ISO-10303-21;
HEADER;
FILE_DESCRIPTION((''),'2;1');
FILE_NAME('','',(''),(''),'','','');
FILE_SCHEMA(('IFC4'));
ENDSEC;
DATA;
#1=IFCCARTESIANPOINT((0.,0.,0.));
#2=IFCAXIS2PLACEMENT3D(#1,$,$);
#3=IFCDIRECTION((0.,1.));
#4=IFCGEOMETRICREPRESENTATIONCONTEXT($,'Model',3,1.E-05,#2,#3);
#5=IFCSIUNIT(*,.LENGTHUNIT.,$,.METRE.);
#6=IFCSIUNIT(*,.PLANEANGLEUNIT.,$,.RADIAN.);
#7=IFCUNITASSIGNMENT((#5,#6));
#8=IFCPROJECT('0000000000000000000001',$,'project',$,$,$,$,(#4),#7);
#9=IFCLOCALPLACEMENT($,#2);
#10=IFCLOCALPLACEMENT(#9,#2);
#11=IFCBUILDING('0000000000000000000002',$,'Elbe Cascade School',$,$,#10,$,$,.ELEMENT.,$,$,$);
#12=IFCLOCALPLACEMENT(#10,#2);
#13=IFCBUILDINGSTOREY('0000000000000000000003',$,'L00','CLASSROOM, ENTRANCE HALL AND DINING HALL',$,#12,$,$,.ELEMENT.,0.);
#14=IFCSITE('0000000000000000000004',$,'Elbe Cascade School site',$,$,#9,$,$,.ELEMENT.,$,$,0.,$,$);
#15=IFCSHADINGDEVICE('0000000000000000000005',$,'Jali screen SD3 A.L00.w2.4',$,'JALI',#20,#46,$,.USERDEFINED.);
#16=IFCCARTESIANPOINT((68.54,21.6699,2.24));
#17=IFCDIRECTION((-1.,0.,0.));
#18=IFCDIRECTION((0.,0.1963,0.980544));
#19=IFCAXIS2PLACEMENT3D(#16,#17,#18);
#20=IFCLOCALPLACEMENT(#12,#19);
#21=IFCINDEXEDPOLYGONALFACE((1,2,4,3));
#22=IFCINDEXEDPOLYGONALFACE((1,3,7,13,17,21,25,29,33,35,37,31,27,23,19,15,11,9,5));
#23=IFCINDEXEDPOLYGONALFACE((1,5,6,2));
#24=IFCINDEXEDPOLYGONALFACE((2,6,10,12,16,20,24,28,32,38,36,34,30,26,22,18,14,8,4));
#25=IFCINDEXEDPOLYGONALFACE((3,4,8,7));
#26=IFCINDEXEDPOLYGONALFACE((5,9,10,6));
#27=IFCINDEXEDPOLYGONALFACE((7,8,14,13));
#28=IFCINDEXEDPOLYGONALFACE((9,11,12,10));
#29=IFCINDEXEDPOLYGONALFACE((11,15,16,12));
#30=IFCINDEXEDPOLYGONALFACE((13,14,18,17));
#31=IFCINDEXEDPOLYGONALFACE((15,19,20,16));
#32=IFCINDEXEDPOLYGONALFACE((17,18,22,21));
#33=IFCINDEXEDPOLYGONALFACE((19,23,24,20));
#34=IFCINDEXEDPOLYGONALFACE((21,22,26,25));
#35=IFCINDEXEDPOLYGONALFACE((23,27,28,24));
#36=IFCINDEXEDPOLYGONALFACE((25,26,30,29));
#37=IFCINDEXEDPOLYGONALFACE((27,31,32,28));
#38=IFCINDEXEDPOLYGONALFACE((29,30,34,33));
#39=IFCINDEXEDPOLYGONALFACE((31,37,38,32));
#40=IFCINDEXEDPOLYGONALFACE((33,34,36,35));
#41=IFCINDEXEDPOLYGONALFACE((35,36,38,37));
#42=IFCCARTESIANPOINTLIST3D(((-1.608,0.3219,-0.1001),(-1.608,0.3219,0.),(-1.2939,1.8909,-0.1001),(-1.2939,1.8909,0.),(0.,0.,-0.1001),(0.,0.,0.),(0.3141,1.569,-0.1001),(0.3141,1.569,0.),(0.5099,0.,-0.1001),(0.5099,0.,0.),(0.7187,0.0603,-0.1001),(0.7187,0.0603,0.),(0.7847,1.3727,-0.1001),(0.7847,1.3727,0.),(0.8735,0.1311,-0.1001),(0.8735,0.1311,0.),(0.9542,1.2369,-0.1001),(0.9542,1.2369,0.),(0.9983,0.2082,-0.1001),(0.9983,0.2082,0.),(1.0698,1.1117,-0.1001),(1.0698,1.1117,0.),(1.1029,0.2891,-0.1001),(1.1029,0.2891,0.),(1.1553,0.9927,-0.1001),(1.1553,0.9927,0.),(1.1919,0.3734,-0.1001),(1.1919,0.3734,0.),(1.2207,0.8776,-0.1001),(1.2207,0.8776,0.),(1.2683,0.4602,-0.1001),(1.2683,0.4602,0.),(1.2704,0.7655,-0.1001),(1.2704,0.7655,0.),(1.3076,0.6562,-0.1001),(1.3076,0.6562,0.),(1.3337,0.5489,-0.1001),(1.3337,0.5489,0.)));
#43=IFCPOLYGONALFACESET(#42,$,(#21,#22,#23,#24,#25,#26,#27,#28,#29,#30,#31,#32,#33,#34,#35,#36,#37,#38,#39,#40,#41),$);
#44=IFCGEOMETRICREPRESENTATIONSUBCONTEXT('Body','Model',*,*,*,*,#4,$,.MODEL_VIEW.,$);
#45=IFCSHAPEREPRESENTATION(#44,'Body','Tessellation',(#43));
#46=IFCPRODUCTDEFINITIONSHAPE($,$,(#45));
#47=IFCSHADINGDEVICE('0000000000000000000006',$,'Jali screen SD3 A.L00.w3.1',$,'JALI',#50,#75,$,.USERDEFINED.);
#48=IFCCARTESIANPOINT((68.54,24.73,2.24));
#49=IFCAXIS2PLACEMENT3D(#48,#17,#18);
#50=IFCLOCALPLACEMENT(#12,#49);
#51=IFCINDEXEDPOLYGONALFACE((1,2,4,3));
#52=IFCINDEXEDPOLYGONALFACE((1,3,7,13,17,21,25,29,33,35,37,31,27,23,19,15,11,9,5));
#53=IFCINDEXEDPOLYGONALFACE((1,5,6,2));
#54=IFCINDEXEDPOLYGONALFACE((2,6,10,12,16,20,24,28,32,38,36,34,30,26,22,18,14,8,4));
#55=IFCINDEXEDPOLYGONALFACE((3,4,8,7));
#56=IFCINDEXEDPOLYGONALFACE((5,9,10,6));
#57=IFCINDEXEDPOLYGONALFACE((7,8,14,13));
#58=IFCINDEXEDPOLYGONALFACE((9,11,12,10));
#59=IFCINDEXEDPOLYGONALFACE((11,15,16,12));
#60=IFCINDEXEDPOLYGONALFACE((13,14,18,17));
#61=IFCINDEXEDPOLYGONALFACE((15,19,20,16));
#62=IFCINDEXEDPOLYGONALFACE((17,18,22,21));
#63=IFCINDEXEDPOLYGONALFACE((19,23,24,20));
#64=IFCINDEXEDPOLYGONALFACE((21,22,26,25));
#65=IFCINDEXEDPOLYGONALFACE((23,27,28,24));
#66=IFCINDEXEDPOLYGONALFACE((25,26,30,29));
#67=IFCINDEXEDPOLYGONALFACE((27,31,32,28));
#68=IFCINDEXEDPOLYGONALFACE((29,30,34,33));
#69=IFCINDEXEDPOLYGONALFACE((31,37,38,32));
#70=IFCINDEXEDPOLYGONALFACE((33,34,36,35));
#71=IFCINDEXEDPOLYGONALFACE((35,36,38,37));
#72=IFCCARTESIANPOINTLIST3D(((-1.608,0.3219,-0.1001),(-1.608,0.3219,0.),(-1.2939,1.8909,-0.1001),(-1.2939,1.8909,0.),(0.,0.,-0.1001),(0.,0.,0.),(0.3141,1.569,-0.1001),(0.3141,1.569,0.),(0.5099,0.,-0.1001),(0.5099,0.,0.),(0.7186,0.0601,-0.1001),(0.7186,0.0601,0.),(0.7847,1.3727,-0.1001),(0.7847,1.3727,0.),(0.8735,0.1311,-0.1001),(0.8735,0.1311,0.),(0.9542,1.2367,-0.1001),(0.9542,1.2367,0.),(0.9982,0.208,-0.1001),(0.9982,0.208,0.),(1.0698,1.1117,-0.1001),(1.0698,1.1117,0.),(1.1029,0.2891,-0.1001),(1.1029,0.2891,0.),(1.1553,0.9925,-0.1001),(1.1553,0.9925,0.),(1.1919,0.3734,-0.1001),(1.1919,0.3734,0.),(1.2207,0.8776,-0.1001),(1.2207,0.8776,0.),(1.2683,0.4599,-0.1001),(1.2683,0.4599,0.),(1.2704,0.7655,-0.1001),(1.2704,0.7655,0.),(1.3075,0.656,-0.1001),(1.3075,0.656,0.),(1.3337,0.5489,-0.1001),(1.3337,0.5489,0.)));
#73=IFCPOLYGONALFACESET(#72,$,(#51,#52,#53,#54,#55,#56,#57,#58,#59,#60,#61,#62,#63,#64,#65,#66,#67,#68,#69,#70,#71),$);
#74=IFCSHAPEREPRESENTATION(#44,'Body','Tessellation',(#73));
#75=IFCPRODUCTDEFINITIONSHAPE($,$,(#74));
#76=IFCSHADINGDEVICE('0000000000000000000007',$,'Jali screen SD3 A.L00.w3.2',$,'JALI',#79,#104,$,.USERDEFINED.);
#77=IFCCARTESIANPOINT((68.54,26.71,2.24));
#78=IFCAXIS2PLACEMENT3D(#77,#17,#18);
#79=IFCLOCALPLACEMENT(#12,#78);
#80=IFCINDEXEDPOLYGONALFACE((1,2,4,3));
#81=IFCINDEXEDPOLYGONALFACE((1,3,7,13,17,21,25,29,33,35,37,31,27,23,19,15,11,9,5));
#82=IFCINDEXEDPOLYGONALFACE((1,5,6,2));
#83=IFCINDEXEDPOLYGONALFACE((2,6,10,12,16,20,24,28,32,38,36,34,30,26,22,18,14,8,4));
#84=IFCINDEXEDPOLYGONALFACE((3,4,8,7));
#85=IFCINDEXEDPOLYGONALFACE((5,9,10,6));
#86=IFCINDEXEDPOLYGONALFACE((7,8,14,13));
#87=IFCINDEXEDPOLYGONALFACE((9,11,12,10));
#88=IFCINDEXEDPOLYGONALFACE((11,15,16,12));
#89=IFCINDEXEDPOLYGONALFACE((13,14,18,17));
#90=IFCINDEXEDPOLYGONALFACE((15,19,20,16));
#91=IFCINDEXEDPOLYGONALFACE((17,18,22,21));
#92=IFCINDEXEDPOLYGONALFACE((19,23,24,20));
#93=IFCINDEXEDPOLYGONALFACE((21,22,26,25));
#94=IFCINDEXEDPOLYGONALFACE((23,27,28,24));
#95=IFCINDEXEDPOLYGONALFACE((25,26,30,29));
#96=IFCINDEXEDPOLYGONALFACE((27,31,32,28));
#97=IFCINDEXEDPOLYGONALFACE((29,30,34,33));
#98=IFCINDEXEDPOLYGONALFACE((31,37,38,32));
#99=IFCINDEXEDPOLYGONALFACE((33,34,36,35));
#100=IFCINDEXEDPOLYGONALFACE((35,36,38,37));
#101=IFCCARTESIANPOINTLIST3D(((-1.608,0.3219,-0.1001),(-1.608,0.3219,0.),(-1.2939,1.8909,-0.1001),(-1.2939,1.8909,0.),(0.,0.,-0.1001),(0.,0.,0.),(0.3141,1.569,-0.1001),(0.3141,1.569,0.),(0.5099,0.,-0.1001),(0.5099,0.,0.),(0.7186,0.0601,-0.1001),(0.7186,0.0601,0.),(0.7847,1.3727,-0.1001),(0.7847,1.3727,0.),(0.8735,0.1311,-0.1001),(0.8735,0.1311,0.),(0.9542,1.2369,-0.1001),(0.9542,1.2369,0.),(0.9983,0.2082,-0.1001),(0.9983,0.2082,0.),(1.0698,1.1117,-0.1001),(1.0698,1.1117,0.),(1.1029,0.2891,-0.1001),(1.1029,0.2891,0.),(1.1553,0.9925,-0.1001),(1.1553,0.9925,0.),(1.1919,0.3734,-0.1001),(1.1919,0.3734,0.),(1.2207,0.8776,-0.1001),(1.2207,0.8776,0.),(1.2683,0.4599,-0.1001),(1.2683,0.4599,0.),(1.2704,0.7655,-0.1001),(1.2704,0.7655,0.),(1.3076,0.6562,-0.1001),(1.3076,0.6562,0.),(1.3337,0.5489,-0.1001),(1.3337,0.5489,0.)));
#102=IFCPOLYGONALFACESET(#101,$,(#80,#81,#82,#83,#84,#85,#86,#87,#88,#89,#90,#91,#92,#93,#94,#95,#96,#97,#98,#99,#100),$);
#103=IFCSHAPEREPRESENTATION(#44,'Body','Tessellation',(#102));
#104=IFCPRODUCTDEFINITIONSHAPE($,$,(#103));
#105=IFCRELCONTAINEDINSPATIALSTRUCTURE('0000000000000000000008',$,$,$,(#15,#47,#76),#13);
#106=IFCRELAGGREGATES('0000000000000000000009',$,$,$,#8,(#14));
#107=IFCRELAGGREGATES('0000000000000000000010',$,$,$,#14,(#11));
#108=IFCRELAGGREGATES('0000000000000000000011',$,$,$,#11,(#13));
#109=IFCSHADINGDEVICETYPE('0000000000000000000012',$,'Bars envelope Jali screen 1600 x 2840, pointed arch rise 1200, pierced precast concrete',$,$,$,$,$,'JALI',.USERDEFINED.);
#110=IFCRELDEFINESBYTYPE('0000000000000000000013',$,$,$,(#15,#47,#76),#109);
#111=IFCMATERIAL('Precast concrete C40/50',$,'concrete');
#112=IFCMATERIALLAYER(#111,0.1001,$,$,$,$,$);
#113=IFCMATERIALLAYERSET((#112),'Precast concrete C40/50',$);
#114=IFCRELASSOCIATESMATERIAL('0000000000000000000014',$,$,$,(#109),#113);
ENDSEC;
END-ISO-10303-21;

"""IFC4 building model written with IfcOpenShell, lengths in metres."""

from ifc_helpers import new_model, si_unit, direction, frame, origin, place, context, subcontext, project, spatial, polyline, outline, extrude, material, layer, layer_set, type_object, element, save


model = new_model("IFC4")

# Units and contexts
model_context = context("Model", 3, precision=1e-05, world=origin(), true_north=direction((0.0, 1.0)))
body_context = subcontext(model_context, "Body", "Model", "MODEL_VIEW")
ifc_project = project(units=[si_unit("LENGTHUNIT", "METRE"), si_unit("PLANEANGLEUNIT", "RADIAN")], contexts=[model_context])

# Site, building, storey
site_placement = place(None, origin())
site = spatial("IfcSite", under=ifc_project, at=site_placement, Name="Elbe Cascade School site", CompositionType="ELEMENT", RefElevation=0.0)
building_placement = place(site_placement, origin())
building = spatial("IfcBuilding", under=site, at=building_placement, Name="Elbe Cascade School", CompositionType="ELEMENT")
storey_placement = place(building_placement, origin())
storey = spatial("IfcBuildingStorey", under=building, at=storey_placement, Name="L00", Description="CLASSROOM, ENTRANCE HALL AND DINING HALL", CompositionType="ELEMENT", Elevation=0.0)

# Shading devices
ifc_material_1 = material(Name="Precast concrete C40/50", Category="concrete")
ifc_layer_1 = layer(ifc_material_1, 0.1001)
ifc_layer_set_1 = layer_set([ifc_layer_1], Name="Precast concrete C40/50")
shading_device_type = type_object("IfcShadingDeviceType", Name="Bars envelope Jali screen 1600 x 2840, pointed arch rise 1200, pierced precast concrete", ElementType="JALI", PredefinedType="USERDEFINED", material=ifc_layer_set_1)
shading_device_1_placement = place(storey_placement, frame((68.54, 21.6699, 2.24), z_axis=(-1.0, 0.0, 0.0), x_axis=(0.0, 0.1963, 0.980544)))
element("IfcShadingDevice", 1, at=shading_device_1_placement, inside=storey, type_object=shading_device_type, Name="Jali screen SD3 A.L00.w2.4", ObjectType="JALI", PredefinedType="USERDEFINED", context=body_context, shape_type="SweptSolid", body=[
    extrude(outline(polyline([(0.0, 0.0), (0.5099, 0.0), (0.7187, 0.0603), (0.8735, 0.1311), (0.9983, 0.2082), (1.1029, 0.2891), (1.1919, 0.3734), (1.2683, 0.4602), (1.3337, 0.5489), (1.3076, 0.6562), (1.2704, 0.7655), (1.2207, 0.8776), (1.1553, 0.9927), (1.0698, 1.1117), (0.9542, 1.2369), (0.7847, 1.3727), (0.3141, 1.569), (-1.2939, 1.8909), (-1.608, 0.3219), (0.0, 0.0)])), origin(), (0.0, 0.0, -1.0), 0.1001),
])
shading_device_2_placement = place(storey_placement, frame((68.54, 24.73, 2.24), z_axis=(-1.0, 0.0, 0.0), x_axis=(0.0, 0.1963, 0.980544)))
element("IfcShadingDevice", 2, at=shading_device_2_placement, inside=storey, type_object=shading_device_type, Name="Jali screen SD3 A.L00.w3.1", ObjectType="JALI", PredefinedType="USERDEFINED", context=body_context, shape_type="SweptSolid", body=[
    extrude(outline(polyline([(0.0, 0.0), (0.5099, 0.0), (0.7186, 0.0601), (0.8735, 0.1311), (0.9982, 0.208), (1.1029, 0.2891), (1.1919, 0.3734), (1.2683, 0.4599), (1.3337, 0.5489), (1.3075, 0.656), (1.2704, 0.7655), (1.2207, 0.8776), (1.1553, 0.9925), (1.0698, 1.1117), (0.9542, 1.2367), (0.7847, 1.3727), (0.3141, 1.569), (-1.2939, 1.8909), (-1.608, 0.3219), (0.0, 0.0)])), origin(), (0.0, 0.0, -1.0), 0.1001),
])
shading_device_3_placement = place(storey_placement, frame((68.54, 26.71, 2.24), z_axis=(-1.0, 0.0, 0.0), x_axis=(0.0, 0.1963, 0.980544)))
element("IfcShadingDevice", 3, at=shading_device_3_placement, inside=storey, type_object=shading_device_type, Name="Jali screen SD3 A.L00.w3.2", ObjectType="JALI", PredefinedType="USERDEFINED", context=body_context, shape_type="SweptSolid", body=[
    extrude(outline(polyline([(0.0, 0.0), (0.5099, 0.0), (0.7186, 0.0601), (0.8735, 0.1311), (0.9983, 0.2082), (1.1029, 0.2891), (1.1919, 0.3734), (1.2683, 0.4599), (1.3337, 0.5489), (1.3076, 0.6562), (1.2704, 0.7655), (1.2207, 0.8776), (1.1553, 0.9925), (1.0698, 1.1117), (0.9542, 1.2369), (0.7847, 1.3727), (0.3141, 1.569), (-1.2939, 1.8909), (-1.608, 0.3219), (0.0, 0.0)])), origin(), (0.0, 0.0, -1.0), 0.1001),
])

save(model, "model.ifc")
